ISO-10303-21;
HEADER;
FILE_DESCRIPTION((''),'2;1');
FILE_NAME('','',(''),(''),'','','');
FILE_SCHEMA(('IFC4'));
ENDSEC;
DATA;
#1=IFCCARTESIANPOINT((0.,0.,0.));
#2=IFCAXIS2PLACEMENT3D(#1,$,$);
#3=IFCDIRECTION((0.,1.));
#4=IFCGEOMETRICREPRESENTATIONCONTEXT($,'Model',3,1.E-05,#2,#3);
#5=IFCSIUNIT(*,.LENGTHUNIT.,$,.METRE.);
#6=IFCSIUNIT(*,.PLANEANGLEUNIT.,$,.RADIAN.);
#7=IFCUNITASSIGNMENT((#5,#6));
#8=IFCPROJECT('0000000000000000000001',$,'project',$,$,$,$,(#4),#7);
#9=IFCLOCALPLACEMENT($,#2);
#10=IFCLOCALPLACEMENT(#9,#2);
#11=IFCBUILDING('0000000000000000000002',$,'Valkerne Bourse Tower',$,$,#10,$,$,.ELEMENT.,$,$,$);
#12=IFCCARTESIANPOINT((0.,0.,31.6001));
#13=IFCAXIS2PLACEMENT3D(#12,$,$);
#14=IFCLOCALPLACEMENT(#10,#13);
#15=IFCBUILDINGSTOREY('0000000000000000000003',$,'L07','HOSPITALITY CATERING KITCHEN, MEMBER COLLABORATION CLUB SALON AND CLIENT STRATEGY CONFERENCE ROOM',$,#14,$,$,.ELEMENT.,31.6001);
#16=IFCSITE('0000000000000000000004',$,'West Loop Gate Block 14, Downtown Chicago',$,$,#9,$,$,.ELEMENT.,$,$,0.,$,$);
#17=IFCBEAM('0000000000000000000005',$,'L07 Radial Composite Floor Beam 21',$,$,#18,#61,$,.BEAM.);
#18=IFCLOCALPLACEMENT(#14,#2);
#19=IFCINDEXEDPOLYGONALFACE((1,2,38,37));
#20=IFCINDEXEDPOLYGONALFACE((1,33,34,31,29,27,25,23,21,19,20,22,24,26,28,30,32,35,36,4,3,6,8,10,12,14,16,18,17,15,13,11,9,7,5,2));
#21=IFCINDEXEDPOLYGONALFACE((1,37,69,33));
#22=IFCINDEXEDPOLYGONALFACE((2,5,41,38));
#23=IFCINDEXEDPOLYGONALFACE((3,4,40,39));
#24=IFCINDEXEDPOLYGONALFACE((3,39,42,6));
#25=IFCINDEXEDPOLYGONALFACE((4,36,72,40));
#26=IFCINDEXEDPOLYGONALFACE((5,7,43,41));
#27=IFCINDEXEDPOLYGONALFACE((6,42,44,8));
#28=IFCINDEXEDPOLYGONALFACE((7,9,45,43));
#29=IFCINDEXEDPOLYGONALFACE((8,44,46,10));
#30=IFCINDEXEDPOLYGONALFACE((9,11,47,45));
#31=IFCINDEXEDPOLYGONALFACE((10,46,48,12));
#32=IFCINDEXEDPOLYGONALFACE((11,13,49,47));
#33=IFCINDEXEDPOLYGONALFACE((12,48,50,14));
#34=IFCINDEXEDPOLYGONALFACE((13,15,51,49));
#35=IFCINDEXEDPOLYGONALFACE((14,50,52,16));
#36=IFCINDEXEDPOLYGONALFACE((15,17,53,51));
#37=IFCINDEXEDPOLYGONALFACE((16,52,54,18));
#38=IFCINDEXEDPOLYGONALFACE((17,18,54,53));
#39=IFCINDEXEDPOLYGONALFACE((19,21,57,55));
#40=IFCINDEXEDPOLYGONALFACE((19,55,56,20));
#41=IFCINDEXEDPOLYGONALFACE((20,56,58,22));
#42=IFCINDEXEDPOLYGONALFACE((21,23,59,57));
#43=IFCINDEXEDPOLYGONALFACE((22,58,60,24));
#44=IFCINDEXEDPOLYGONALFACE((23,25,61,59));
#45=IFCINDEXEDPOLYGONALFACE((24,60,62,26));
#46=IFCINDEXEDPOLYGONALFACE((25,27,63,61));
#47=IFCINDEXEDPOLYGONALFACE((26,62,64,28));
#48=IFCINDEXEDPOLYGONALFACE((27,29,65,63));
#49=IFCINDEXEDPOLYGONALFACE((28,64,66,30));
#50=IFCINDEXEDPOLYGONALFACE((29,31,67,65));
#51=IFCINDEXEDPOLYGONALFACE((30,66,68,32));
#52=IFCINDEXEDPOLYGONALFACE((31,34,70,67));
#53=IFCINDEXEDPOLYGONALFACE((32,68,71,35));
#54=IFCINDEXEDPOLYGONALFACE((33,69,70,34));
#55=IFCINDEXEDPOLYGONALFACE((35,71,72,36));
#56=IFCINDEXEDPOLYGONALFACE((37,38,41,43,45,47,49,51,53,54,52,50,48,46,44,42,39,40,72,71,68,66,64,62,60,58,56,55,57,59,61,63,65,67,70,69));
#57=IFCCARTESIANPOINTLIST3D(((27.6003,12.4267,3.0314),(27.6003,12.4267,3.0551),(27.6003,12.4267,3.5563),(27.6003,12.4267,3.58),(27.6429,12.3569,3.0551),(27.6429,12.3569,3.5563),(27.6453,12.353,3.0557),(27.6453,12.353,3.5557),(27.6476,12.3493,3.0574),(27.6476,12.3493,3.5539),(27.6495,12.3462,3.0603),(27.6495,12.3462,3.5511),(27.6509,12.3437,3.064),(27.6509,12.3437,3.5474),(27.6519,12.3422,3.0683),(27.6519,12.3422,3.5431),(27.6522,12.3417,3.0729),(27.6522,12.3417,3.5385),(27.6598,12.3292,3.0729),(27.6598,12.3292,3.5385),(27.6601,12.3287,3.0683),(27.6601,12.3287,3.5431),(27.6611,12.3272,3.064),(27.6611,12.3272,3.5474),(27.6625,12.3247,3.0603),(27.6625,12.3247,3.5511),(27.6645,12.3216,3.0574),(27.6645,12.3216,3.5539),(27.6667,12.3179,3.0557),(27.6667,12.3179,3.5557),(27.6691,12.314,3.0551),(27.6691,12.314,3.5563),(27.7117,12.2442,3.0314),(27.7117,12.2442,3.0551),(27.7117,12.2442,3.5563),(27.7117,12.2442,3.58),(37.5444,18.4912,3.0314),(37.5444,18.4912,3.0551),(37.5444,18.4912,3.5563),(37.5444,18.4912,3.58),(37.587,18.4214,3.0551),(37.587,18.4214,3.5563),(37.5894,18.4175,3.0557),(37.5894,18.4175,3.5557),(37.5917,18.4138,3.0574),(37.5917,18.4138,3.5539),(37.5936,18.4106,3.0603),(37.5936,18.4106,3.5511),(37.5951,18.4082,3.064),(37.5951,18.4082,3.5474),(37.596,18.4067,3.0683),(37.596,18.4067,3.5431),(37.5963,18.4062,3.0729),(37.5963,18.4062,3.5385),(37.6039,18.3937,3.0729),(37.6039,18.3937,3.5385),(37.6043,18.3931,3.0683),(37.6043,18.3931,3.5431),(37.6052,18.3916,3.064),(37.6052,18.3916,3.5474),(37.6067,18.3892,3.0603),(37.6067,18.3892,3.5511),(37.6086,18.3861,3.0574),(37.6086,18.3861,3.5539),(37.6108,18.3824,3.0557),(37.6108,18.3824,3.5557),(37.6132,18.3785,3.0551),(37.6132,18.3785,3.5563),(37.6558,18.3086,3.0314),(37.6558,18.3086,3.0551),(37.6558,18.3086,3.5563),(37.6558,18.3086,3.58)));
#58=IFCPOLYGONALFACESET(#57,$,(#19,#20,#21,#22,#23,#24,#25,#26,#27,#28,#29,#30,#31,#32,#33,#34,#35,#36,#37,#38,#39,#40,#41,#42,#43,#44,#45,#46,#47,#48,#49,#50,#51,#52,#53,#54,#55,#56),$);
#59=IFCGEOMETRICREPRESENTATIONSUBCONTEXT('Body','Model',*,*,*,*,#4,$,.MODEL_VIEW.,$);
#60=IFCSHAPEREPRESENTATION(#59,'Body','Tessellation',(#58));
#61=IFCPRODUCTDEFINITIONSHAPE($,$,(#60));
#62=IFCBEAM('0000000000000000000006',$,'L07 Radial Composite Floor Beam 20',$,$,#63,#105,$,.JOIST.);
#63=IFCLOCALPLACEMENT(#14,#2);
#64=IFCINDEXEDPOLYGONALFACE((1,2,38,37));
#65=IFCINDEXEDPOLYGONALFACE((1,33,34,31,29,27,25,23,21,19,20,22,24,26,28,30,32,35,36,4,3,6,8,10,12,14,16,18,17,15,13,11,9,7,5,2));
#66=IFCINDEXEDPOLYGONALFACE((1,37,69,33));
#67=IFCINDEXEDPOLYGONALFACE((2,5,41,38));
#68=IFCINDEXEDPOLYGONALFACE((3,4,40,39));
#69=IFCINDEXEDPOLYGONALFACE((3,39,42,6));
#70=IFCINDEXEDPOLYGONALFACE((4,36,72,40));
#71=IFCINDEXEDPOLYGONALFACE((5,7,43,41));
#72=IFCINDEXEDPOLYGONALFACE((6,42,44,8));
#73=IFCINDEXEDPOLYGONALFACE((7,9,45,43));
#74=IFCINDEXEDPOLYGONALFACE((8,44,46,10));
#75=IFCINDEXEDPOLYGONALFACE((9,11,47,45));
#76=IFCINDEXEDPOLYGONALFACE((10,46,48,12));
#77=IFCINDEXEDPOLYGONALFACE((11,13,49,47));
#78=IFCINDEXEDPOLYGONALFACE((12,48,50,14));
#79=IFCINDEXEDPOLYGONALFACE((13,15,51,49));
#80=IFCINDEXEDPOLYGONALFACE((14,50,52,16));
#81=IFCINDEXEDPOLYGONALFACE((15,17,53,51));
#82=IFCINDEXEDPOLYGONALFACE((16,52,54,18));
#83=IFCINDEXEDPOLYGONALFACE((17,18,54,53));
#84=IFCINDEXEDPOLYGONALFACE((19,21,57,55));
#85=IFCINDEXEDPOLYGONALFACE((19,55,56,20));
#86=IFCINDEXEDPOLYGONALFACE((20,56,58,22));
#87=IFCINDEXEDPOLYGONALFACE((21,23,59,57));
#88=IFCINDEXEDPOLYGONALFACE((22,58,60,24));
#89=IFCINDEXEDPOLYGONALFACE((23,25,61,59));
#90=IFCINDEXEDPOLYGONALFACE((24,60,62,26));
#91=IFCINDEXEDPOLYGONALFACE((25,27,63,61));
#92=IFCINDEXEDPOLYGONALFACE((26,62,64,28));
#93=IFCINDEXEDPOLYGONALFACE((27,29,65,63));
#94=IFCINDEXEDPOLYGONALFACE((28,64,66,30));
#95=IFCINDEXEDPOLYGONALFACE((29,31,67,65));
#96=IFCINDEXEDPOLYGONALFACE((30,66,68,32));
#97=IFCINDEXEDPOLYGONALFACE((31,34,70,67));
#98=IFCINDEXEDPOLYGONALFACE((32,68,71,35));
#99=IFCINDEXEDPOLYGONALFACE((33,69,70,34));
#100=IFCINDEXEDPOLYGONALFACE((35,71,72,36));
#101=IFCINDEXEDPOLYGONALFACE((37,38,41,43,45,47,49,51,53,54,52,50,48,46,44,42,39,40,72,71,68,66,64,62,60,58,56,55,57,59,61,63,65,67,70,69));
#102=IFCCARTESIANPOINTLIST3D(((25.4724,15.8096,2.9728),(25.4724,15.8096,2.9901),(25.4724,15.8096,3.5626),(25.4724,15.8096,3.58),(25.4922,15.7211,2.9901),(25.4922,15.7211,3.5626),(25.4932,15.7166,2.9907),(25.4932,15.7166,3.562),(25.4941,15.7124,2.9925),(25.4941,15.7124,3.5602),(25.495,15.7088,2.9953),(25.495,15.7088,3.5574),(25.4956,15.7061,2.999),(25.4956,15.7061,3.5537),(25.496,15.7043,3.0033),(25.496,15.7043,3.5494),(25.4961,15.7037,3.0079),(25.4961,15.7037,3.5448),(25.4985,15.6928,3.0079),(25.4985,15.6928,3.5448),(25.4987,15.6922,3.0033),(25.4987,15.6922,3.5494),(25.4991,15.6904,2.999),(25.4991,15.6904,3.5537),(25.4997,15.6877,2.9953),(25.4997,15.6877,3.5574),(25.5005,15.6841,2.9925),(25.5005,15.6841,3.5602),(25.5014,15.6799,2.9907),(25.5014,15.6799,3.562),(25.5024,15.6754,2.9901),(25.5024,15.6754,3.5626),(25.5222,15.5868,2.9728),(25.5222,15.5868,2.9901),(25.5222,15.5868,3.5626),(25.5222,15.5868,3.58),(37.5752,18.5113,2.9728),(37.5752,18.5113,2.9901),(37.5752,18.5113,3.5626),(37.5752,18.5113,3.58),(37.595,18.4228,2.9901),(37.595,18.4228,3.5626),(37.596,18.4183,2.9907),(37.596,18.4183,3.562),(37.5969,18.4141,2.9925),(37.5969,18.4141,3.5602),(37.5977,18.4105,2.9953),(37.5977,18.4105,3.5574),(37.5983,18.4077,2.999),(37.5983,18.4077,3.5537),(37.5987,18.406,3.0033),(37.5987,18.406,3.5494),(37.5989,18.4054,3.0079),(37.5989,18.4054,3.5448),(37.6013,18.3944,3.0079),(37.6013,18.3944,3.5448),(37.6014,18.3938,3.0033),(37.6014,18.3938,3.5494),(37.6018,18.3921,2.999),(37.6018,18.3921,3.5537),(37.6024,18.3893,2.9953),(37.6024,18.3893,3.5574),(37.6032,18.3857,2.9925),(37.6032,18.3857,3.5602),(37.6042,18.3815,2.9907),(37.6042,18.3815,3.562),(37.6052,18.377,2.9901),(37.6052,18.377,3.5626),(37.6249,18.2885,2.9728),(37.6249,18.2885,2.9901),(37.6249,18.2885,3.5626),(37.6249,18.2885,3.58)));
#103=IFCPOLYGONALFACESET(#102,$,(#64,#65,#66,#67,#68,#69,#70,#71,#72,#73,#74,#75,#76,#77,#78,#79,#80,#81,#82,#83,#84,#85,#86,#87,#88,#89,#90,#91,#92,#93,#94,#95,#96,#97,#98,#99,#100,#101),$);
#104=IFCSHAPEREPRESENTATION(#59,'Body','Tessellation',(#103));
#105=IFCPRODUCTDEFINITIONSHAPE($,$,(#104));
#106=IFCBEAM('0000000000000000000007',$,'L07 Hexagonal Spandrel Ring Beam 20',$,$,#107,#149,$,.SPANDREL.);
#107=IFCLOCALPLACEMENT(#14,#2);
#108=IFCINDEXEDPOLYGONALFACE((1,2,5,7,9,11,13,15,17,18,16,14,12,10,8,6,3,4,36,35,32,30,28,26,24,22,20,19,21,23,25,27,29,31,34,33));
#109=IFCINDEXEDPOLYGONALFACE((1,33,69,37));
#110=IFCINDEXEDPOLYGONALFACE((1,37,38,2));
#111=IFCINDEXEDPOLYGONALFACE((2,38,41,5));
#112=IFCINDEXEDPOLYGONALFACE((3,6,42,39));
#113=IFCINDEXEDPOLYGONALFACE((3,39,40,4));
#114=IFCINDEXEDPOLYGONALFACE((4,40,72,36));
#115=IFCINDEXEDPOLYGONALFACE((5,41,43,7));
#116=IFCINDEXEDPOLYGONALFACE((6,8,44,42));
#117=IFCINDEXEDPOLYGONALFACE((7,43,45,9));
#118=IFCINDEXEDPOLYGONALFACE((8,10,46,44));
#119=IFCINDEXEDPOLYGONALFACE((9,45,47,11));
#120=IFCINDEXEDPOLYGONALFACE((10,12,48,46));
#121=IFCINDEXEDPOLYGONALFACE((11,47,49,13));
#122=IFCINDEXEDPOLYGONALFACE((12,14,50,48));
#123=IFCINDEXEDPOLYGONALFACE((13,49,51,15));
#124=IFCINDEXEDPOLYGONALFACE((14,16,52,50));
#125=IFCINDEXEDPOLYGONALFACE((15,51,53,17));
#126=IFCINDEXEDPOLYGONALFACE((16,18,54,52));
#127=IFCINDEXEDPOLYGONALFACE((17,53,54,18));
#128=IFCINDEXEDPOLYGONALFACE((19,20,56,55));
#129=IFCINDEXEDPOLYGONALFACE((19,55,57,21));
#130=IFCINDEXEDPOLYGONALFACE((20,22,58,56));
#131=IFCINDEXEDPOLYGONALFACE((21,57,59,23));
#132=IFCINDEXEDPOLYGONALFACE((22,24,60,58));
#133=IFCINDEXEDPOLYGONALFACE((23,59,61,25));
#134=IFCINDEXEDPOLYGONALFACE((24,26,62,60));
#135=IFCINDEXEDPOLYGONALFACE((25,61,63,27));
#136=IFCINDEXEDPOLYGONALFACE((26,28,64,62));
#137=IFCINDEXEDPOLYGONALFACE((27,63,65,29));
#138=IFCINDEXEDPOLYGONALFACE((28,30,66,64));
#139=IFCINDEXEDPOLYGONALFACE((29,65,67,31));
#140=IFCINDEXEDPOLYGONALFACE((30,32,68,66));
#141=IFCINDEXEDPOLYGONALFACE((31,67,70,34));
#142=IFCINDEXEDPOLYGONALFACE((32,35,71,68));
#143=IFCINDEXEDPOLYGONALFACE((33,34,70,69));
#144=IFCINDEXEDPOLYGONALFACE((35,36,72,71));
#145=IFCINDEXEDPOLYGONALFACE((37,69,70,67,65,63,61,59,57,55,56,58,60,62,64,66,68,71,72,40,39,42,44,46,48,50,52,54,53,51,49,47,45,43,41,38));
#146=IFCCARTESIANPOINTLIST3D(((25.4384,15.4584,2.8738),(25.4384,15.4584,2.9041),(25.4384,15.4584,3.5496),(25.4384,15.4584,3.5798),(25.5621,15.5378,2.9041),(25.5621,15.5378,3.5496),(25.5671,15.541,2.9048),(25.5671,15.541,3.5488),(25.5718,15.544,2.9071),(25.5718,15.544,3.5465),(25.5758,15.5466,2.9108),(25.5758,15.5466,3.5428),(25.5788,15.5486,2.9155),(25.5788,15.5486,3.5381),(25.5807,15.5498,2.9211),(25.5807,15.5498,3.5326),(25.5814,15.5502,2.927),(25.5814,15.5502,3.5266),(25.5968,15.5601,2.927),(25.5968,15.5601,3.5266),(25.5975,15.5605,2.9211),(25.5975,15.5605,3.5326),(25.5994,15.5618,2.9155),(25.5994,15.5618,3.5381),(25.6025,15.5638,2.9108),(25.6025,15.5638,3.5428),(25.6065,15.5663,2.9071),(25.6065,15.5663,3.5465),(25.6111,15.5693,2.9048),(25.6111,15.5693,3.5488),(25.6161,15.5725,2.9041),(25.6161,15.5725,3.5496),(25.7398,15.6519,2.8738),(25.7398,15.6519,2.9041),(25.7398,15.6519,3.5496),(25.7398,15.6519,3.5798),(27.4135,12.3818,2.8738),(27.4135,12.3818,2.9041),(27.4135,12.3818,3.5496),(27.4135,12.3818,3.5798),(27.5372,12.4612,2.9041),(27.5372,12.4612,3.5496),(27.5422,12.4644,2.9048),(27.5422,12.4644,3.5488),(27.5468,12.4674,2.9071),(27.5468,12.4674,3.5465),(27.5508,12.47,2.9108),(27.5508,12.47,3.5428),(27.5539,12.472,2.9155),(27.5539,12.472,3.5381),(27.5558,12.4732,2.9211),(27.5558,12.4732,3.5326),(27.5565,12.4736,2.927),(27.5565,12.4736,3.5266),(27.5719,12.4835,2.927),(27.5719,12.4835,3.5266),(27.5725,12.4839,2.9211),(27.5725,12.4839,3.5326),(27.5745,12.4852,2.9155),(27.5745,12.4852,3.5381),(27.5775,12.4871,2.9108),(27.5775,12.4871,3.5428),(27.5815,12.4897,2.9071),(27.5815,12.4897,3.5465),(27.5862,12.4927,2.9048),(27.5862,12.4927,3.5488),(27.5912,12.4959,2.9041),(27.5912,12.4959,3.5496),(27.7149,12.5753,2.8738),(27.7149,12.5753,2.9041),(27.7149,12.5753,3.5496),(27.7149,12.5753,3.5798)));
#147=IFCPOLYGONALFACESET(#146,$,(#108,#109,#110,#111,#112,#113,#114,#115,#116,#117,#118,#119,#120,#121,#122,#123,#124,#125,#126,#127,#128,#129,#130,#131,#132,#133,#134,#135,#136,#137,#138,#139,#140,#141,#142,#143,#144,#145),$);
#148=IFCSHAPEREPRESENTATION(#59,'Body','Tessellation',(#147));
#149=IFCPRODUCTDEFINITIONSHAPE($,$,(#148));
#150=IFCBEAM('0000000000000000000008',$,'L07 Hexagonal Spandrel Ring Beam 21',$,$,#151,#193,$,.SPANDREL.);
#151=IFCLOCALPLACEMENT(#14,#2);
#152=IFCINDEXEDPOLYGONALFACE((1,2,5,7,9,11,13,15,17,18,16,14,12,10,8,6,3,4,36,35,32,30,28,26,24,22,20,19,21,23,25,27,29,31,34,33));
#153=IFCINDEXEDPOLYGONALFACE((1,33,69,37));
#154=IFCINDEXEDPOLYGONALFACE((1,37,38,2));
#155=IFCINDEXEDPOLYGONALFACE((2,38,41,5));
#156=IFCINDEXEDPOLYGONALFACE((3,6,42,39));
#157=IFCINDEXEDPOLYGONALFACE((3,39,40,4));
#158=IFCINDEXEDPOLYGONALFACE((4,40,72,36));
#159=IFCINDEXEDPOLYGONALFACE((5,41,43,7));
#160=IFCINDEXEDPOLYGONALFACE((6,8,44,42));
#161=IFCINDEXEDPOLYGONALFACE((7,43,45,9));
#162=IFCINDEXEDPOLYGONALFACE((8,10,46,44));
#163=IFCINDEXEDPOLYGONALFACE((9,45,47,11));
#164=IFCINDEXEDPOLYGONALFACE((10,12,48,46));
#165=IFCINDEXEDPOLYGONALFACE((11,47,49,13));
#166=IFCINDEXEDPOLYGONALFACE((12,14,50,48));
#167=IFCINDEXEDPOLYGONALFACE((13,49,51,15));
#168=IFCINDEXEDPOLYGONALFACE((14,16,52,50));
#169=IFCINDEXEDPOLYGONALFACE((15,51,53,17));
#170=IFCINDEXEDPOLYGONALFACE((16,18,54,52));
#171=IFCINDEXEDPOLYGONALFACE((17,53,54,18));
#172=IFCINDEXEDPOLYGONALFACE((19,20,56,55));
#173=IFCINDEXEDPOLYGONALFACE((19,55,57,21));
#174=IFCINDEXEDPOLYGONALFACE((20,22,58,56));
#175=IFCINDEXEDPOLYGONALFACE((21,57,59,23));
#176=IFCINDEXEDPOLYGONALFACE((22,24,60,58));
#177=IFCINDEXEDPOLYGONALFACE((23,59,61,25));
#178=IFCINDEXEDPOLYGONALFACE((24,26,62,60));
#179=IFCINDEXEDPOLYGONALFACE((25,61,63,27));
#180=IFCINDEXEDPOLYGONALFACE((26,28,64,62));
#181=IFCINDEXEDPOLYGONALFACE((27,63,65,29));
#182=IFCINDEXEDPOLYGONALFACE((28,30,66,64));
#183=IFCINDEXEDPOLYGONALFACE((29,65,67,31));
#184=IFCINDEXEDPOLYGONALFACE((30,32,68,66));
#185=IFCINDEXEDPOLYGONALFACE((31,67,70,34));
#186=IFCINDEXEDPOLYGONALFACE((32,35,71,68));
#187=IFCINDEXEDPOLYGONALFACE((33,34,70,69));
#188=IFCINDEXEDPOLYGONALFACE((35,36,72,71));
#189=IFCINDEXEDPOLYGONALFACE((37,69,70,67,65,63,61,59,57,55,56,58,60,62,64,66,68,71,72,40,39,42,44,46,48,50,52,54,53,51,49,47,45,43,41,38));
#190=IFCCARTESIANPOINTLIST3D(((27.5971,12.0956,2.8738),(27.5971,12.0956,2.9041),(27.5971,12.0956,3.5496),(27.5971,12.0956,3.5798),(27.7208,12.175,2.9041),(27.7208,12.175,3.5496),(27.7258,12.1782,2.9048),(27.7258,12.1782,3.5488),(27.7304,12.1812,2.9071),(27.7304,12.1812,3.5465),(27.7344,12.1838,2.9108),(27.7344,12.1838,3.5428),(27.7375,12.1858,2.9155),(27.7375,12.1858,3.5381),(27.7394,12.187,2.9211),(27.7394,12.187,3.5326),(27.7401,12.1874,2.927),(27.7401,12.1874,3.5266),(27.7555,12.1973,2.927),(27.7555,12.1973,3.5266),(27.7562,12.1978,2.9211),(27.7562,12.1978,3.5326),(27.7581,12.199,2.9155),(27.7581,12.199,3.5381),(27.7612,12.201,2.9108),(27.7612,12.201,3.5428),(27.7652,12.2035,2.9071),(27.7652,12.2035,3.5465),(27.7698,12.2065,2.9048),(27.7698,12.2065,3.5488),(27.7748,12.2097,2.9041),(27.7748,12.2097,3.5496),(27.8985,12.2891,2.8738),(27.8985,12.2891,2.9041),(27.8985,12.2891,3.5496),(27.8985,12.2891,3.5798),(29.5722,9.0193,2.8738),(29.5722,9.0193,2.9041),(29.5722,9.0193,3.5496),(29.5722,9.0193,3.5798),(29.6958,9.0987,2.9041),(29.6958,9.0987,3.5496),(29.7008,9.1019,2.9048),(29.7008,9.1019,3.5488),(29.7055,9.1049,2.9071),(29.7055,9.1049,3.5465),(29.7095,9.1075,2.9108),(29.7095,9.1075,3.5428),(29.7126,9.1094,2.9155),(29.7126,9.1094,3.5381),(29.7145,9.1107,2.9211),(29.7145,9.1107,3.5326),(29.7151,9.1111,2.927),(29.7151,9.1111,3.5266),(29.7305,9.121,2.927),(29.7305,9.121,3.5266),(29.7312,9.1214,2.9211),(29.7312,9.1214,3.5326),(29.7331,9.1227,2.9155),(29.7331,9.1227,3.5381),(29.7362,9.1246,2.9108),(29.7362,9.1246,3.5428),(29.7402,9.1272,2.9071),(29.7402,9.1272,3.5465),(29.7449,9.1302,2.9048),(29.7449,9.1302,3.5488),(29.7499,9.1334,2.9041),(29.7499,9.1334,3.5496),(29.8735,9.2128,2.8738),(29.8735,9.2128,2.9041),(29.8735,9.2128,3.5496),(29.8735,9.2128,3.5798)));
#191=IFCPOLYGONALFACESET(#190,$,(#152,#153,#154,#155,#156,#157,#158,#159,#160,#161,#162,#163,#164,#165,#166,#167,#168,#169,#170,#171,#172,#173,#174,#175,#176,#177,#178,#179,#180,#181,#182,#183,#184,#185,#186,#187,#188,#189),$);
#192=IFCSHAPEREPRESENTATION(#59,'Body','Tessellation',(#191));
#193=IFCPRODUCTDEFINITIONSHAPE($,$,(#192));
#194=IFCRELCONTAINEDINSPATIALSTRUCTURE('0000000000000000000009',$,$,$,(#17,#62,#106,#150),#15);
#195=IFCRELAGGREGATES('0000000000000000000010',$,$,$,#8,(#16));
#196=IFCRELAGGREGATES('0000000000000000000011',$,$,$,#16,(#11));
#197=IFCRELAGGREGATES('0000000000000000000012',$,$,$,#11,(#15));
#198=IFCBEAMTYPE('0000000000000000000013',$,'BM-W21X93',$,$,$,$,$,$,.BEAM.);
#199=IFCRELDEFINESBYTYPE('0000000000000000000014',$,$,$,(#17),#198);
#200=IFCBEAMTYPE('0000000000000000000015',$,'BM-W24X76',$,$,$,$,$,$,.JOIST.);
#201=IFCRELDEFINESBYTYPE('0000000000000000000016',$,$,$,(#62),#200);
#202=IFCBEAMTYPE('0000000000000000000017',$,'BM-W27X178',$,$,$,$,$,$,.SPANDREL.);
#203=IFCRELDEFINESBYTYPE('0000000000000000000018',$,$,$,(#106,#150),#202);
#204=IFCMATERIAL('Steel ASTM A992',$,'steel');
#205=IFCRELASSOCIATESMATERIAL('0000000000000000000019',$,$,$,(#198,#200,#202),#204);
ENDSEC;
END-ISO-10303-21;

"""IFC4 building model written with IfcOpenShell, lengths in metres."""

from ifc_helpers import new_model, si_unit, direction, frame, origin, origin_2d, place, context, subcontext, project, spatial, i_section, extrude, material, material_profile, profile_set, type_object, element, save


model = new_model("IFC4")

# Units and contexts
model_context = context("Model", 3, precision=1e-05, world=origin(), true_north=direction((0.0, 1.0)))
body_context = subcontext(model_context, "Body", "Model", "MODEL_VIEW")
ifc_project = project(units=[si_unit("LENGTHUNIT", "METRE"), si_unit("PLANEANGLEUNIT", "RADIAN")], contexts=[model_context])

# Site, building, storey
site_placement = place(None, origin())
site = spatial("IfcSite", under=ifc_project, at=site_placement, Name="West Loop Gate Block 14, Downtown Chicago", CompositionType="ELEMENT", RefElevation=0.0)
building_placement = place(site_placement, origin())
building = spatial("IfcBuilding", under=site, at=building_placement, Name="Valkerne Bourse Tower", CompositionType="ELEMENT")
storey_placement = place(building_placement, frame((0.0, 0.0, 31.6001)))
storey = spatial("IfcBuildingStorey", under=building, at=storey_placement, Name="L07", Description="HOSPITALITY CATERING KITCHEN, MEMBER COLLABORATION CLUB SALON AND CLIENT STRATEGY CONFERENCE ROOM", CompositionType="ELEMENT", Elevation=31.6001)

# Beams
ifc_material_1 = material(Name="Steel ASTM A992", Category="steel")
ifc_material_profile_1 = material_profile(ifc_material_1, i_section(OverallWidth=0.2139, OverallDepth=0.5486, WebThickness=0.0146, FlangeThickness=0.0237, FilletRadius=0.0178, at=origin_2d()), Name="W21X93")
ifc_profile_set_1 = profile_set([ifc_material_profile_1], Name="Steel ASTM A992")
beam_type_1 = type_object("IfcBeamType", Name="BM-W21X93", PredefinedType="BEAM", material=ifc_profile_set_1)
beam_1_placement = place(storey_placement, frame((27.656, 12.3354, 3.3057), z_axis=(0.853759, 0.520669, 0.0), x_axis=(-0.520669, 0.853759, 0.0)))
element("IfcBeam", 1, at=beam_1_placement, inside=storey, type_object=beam_type_1, Name="L07 Radial Composite Floor Beam 21", PredefinedType="BEAM", context=body_context, shape_type="SweptSolid", body=[
    extrude(i_section(OverallWidth=0.2139, OverallDepth=0.5486, WebThickness=0.0146, FlangeThickness=0.0237, FilletRadius=0.0178, at=origin_2d()), origin(), (0.0, 0.0, 1.0), 11.6475),
])
ifc_material_profile_2 = material_profile(ifc_material_1, i_section(OverallWidth=0.2283, OverallDepth=0.6072, WebThickness=0.0112, FlangeThickness=0.0173, FilletRadius=0.0178, at=origin_2d()), Name="W24X76")
ifc_profile_set_2 = profile_set([ifc_material_profile_2], Name="Steel ASTM A992")
beam_type_2 = type_object("IfcBeamType", Name="BM-W24X76", PredefinedType="JOIST", material=ifc_profile_set_2)
beam_2_placement = place(storey_placement, frame((25.4973, 15.6982, 3.2764), z_axis=(0.975979, 0.217864, 0.0), x_axis=(-0.217864, 0.975979, 0.0)))
element("IfcBeam", 2, at=beam_2_placement, inside=storey, type_object=beam_type_2, Name="L07 Radial Composite Floor Beam 20", PredefinedType="JOIST", context=body_context, shape_type="SweptSolid", body=[
    extrude(i_section(OverallWidth=0.2283, OverallDepth=0.6072, WebThickness=0.0112, FlangeThickness=0.0173, FilletRadius=0.0178, at=origin_2d()), origin(), (0.0, 0.0, 1.0), 12.4006),
])
ifc_material_profile_3 = material_profile(ifc_material_1, i_section(OverallWidth=0.3582, OverallDepth=0.7061, WebThickness=0.0183, FlangeThickness=0.0303, FilletRadius=0.0229, at=origin_2d()), Name="W27X178")
ifc_profile_set_3 = profile_set([ifc_material_profile_3], Name="Steel ASTM A992")
beam_type_3 = type_object("IfcBeamType", Name="BM-W27X178", PredefinedType="SPANDREL", material=ifc_profile_set_3)
beam_3_placement = place(storey_placement, frame((25.5891, 15.5552, 3.2268), z_axis=(0.540224, -0.841521, 0.0), x_axis=(0.841521, 0.540224, 0.0)))
element("IfcBeam", 3, at=beam_3_placement, inside=storey, type_object=beam_type_3, Name="L07 Hexagonal Spandrel Ring Beam 20", PredefinedType="SPANDREL", context=body_context, shape_type="SweptSolid", body=[
    extrude(i_section(OverallWidth=0.3582, OverallDepth=0.7061, WebThickness=0.0183, FlangeThickness=0.0303, FilletRadius=0.0229, at=origin_2d()), origin(), (0.0, 0.0, 1.0), 3.656),
])
beam_4_placement = place(storey_placement, frame((27.7478, 12.1924, 3.2268), z_axis=(0.540255, -0.841502, 0.0), x_axis=(0.841502, 0.540255, 0.0)))
element("IfcBeam", 4, at=beam_4_placement, inside=storey, type_object=beam_type_3, Name="L07 Hexagonal Spandrel Ring Beam 21", PredefinedType="SPANDREL", context=body_context, shape_type="SweptSolid", body=[
    extrude(i_section(OverallWidth=0.3582, OverallDepth=0.7061, WebThickness=0.0183, FlangeThickness=0.0303, FilletRadius=0.0229, at=origin_2d()), origin(), (0.0, 0.0, 1.0), 3.6558),
])

save(model, "model.ifc")
